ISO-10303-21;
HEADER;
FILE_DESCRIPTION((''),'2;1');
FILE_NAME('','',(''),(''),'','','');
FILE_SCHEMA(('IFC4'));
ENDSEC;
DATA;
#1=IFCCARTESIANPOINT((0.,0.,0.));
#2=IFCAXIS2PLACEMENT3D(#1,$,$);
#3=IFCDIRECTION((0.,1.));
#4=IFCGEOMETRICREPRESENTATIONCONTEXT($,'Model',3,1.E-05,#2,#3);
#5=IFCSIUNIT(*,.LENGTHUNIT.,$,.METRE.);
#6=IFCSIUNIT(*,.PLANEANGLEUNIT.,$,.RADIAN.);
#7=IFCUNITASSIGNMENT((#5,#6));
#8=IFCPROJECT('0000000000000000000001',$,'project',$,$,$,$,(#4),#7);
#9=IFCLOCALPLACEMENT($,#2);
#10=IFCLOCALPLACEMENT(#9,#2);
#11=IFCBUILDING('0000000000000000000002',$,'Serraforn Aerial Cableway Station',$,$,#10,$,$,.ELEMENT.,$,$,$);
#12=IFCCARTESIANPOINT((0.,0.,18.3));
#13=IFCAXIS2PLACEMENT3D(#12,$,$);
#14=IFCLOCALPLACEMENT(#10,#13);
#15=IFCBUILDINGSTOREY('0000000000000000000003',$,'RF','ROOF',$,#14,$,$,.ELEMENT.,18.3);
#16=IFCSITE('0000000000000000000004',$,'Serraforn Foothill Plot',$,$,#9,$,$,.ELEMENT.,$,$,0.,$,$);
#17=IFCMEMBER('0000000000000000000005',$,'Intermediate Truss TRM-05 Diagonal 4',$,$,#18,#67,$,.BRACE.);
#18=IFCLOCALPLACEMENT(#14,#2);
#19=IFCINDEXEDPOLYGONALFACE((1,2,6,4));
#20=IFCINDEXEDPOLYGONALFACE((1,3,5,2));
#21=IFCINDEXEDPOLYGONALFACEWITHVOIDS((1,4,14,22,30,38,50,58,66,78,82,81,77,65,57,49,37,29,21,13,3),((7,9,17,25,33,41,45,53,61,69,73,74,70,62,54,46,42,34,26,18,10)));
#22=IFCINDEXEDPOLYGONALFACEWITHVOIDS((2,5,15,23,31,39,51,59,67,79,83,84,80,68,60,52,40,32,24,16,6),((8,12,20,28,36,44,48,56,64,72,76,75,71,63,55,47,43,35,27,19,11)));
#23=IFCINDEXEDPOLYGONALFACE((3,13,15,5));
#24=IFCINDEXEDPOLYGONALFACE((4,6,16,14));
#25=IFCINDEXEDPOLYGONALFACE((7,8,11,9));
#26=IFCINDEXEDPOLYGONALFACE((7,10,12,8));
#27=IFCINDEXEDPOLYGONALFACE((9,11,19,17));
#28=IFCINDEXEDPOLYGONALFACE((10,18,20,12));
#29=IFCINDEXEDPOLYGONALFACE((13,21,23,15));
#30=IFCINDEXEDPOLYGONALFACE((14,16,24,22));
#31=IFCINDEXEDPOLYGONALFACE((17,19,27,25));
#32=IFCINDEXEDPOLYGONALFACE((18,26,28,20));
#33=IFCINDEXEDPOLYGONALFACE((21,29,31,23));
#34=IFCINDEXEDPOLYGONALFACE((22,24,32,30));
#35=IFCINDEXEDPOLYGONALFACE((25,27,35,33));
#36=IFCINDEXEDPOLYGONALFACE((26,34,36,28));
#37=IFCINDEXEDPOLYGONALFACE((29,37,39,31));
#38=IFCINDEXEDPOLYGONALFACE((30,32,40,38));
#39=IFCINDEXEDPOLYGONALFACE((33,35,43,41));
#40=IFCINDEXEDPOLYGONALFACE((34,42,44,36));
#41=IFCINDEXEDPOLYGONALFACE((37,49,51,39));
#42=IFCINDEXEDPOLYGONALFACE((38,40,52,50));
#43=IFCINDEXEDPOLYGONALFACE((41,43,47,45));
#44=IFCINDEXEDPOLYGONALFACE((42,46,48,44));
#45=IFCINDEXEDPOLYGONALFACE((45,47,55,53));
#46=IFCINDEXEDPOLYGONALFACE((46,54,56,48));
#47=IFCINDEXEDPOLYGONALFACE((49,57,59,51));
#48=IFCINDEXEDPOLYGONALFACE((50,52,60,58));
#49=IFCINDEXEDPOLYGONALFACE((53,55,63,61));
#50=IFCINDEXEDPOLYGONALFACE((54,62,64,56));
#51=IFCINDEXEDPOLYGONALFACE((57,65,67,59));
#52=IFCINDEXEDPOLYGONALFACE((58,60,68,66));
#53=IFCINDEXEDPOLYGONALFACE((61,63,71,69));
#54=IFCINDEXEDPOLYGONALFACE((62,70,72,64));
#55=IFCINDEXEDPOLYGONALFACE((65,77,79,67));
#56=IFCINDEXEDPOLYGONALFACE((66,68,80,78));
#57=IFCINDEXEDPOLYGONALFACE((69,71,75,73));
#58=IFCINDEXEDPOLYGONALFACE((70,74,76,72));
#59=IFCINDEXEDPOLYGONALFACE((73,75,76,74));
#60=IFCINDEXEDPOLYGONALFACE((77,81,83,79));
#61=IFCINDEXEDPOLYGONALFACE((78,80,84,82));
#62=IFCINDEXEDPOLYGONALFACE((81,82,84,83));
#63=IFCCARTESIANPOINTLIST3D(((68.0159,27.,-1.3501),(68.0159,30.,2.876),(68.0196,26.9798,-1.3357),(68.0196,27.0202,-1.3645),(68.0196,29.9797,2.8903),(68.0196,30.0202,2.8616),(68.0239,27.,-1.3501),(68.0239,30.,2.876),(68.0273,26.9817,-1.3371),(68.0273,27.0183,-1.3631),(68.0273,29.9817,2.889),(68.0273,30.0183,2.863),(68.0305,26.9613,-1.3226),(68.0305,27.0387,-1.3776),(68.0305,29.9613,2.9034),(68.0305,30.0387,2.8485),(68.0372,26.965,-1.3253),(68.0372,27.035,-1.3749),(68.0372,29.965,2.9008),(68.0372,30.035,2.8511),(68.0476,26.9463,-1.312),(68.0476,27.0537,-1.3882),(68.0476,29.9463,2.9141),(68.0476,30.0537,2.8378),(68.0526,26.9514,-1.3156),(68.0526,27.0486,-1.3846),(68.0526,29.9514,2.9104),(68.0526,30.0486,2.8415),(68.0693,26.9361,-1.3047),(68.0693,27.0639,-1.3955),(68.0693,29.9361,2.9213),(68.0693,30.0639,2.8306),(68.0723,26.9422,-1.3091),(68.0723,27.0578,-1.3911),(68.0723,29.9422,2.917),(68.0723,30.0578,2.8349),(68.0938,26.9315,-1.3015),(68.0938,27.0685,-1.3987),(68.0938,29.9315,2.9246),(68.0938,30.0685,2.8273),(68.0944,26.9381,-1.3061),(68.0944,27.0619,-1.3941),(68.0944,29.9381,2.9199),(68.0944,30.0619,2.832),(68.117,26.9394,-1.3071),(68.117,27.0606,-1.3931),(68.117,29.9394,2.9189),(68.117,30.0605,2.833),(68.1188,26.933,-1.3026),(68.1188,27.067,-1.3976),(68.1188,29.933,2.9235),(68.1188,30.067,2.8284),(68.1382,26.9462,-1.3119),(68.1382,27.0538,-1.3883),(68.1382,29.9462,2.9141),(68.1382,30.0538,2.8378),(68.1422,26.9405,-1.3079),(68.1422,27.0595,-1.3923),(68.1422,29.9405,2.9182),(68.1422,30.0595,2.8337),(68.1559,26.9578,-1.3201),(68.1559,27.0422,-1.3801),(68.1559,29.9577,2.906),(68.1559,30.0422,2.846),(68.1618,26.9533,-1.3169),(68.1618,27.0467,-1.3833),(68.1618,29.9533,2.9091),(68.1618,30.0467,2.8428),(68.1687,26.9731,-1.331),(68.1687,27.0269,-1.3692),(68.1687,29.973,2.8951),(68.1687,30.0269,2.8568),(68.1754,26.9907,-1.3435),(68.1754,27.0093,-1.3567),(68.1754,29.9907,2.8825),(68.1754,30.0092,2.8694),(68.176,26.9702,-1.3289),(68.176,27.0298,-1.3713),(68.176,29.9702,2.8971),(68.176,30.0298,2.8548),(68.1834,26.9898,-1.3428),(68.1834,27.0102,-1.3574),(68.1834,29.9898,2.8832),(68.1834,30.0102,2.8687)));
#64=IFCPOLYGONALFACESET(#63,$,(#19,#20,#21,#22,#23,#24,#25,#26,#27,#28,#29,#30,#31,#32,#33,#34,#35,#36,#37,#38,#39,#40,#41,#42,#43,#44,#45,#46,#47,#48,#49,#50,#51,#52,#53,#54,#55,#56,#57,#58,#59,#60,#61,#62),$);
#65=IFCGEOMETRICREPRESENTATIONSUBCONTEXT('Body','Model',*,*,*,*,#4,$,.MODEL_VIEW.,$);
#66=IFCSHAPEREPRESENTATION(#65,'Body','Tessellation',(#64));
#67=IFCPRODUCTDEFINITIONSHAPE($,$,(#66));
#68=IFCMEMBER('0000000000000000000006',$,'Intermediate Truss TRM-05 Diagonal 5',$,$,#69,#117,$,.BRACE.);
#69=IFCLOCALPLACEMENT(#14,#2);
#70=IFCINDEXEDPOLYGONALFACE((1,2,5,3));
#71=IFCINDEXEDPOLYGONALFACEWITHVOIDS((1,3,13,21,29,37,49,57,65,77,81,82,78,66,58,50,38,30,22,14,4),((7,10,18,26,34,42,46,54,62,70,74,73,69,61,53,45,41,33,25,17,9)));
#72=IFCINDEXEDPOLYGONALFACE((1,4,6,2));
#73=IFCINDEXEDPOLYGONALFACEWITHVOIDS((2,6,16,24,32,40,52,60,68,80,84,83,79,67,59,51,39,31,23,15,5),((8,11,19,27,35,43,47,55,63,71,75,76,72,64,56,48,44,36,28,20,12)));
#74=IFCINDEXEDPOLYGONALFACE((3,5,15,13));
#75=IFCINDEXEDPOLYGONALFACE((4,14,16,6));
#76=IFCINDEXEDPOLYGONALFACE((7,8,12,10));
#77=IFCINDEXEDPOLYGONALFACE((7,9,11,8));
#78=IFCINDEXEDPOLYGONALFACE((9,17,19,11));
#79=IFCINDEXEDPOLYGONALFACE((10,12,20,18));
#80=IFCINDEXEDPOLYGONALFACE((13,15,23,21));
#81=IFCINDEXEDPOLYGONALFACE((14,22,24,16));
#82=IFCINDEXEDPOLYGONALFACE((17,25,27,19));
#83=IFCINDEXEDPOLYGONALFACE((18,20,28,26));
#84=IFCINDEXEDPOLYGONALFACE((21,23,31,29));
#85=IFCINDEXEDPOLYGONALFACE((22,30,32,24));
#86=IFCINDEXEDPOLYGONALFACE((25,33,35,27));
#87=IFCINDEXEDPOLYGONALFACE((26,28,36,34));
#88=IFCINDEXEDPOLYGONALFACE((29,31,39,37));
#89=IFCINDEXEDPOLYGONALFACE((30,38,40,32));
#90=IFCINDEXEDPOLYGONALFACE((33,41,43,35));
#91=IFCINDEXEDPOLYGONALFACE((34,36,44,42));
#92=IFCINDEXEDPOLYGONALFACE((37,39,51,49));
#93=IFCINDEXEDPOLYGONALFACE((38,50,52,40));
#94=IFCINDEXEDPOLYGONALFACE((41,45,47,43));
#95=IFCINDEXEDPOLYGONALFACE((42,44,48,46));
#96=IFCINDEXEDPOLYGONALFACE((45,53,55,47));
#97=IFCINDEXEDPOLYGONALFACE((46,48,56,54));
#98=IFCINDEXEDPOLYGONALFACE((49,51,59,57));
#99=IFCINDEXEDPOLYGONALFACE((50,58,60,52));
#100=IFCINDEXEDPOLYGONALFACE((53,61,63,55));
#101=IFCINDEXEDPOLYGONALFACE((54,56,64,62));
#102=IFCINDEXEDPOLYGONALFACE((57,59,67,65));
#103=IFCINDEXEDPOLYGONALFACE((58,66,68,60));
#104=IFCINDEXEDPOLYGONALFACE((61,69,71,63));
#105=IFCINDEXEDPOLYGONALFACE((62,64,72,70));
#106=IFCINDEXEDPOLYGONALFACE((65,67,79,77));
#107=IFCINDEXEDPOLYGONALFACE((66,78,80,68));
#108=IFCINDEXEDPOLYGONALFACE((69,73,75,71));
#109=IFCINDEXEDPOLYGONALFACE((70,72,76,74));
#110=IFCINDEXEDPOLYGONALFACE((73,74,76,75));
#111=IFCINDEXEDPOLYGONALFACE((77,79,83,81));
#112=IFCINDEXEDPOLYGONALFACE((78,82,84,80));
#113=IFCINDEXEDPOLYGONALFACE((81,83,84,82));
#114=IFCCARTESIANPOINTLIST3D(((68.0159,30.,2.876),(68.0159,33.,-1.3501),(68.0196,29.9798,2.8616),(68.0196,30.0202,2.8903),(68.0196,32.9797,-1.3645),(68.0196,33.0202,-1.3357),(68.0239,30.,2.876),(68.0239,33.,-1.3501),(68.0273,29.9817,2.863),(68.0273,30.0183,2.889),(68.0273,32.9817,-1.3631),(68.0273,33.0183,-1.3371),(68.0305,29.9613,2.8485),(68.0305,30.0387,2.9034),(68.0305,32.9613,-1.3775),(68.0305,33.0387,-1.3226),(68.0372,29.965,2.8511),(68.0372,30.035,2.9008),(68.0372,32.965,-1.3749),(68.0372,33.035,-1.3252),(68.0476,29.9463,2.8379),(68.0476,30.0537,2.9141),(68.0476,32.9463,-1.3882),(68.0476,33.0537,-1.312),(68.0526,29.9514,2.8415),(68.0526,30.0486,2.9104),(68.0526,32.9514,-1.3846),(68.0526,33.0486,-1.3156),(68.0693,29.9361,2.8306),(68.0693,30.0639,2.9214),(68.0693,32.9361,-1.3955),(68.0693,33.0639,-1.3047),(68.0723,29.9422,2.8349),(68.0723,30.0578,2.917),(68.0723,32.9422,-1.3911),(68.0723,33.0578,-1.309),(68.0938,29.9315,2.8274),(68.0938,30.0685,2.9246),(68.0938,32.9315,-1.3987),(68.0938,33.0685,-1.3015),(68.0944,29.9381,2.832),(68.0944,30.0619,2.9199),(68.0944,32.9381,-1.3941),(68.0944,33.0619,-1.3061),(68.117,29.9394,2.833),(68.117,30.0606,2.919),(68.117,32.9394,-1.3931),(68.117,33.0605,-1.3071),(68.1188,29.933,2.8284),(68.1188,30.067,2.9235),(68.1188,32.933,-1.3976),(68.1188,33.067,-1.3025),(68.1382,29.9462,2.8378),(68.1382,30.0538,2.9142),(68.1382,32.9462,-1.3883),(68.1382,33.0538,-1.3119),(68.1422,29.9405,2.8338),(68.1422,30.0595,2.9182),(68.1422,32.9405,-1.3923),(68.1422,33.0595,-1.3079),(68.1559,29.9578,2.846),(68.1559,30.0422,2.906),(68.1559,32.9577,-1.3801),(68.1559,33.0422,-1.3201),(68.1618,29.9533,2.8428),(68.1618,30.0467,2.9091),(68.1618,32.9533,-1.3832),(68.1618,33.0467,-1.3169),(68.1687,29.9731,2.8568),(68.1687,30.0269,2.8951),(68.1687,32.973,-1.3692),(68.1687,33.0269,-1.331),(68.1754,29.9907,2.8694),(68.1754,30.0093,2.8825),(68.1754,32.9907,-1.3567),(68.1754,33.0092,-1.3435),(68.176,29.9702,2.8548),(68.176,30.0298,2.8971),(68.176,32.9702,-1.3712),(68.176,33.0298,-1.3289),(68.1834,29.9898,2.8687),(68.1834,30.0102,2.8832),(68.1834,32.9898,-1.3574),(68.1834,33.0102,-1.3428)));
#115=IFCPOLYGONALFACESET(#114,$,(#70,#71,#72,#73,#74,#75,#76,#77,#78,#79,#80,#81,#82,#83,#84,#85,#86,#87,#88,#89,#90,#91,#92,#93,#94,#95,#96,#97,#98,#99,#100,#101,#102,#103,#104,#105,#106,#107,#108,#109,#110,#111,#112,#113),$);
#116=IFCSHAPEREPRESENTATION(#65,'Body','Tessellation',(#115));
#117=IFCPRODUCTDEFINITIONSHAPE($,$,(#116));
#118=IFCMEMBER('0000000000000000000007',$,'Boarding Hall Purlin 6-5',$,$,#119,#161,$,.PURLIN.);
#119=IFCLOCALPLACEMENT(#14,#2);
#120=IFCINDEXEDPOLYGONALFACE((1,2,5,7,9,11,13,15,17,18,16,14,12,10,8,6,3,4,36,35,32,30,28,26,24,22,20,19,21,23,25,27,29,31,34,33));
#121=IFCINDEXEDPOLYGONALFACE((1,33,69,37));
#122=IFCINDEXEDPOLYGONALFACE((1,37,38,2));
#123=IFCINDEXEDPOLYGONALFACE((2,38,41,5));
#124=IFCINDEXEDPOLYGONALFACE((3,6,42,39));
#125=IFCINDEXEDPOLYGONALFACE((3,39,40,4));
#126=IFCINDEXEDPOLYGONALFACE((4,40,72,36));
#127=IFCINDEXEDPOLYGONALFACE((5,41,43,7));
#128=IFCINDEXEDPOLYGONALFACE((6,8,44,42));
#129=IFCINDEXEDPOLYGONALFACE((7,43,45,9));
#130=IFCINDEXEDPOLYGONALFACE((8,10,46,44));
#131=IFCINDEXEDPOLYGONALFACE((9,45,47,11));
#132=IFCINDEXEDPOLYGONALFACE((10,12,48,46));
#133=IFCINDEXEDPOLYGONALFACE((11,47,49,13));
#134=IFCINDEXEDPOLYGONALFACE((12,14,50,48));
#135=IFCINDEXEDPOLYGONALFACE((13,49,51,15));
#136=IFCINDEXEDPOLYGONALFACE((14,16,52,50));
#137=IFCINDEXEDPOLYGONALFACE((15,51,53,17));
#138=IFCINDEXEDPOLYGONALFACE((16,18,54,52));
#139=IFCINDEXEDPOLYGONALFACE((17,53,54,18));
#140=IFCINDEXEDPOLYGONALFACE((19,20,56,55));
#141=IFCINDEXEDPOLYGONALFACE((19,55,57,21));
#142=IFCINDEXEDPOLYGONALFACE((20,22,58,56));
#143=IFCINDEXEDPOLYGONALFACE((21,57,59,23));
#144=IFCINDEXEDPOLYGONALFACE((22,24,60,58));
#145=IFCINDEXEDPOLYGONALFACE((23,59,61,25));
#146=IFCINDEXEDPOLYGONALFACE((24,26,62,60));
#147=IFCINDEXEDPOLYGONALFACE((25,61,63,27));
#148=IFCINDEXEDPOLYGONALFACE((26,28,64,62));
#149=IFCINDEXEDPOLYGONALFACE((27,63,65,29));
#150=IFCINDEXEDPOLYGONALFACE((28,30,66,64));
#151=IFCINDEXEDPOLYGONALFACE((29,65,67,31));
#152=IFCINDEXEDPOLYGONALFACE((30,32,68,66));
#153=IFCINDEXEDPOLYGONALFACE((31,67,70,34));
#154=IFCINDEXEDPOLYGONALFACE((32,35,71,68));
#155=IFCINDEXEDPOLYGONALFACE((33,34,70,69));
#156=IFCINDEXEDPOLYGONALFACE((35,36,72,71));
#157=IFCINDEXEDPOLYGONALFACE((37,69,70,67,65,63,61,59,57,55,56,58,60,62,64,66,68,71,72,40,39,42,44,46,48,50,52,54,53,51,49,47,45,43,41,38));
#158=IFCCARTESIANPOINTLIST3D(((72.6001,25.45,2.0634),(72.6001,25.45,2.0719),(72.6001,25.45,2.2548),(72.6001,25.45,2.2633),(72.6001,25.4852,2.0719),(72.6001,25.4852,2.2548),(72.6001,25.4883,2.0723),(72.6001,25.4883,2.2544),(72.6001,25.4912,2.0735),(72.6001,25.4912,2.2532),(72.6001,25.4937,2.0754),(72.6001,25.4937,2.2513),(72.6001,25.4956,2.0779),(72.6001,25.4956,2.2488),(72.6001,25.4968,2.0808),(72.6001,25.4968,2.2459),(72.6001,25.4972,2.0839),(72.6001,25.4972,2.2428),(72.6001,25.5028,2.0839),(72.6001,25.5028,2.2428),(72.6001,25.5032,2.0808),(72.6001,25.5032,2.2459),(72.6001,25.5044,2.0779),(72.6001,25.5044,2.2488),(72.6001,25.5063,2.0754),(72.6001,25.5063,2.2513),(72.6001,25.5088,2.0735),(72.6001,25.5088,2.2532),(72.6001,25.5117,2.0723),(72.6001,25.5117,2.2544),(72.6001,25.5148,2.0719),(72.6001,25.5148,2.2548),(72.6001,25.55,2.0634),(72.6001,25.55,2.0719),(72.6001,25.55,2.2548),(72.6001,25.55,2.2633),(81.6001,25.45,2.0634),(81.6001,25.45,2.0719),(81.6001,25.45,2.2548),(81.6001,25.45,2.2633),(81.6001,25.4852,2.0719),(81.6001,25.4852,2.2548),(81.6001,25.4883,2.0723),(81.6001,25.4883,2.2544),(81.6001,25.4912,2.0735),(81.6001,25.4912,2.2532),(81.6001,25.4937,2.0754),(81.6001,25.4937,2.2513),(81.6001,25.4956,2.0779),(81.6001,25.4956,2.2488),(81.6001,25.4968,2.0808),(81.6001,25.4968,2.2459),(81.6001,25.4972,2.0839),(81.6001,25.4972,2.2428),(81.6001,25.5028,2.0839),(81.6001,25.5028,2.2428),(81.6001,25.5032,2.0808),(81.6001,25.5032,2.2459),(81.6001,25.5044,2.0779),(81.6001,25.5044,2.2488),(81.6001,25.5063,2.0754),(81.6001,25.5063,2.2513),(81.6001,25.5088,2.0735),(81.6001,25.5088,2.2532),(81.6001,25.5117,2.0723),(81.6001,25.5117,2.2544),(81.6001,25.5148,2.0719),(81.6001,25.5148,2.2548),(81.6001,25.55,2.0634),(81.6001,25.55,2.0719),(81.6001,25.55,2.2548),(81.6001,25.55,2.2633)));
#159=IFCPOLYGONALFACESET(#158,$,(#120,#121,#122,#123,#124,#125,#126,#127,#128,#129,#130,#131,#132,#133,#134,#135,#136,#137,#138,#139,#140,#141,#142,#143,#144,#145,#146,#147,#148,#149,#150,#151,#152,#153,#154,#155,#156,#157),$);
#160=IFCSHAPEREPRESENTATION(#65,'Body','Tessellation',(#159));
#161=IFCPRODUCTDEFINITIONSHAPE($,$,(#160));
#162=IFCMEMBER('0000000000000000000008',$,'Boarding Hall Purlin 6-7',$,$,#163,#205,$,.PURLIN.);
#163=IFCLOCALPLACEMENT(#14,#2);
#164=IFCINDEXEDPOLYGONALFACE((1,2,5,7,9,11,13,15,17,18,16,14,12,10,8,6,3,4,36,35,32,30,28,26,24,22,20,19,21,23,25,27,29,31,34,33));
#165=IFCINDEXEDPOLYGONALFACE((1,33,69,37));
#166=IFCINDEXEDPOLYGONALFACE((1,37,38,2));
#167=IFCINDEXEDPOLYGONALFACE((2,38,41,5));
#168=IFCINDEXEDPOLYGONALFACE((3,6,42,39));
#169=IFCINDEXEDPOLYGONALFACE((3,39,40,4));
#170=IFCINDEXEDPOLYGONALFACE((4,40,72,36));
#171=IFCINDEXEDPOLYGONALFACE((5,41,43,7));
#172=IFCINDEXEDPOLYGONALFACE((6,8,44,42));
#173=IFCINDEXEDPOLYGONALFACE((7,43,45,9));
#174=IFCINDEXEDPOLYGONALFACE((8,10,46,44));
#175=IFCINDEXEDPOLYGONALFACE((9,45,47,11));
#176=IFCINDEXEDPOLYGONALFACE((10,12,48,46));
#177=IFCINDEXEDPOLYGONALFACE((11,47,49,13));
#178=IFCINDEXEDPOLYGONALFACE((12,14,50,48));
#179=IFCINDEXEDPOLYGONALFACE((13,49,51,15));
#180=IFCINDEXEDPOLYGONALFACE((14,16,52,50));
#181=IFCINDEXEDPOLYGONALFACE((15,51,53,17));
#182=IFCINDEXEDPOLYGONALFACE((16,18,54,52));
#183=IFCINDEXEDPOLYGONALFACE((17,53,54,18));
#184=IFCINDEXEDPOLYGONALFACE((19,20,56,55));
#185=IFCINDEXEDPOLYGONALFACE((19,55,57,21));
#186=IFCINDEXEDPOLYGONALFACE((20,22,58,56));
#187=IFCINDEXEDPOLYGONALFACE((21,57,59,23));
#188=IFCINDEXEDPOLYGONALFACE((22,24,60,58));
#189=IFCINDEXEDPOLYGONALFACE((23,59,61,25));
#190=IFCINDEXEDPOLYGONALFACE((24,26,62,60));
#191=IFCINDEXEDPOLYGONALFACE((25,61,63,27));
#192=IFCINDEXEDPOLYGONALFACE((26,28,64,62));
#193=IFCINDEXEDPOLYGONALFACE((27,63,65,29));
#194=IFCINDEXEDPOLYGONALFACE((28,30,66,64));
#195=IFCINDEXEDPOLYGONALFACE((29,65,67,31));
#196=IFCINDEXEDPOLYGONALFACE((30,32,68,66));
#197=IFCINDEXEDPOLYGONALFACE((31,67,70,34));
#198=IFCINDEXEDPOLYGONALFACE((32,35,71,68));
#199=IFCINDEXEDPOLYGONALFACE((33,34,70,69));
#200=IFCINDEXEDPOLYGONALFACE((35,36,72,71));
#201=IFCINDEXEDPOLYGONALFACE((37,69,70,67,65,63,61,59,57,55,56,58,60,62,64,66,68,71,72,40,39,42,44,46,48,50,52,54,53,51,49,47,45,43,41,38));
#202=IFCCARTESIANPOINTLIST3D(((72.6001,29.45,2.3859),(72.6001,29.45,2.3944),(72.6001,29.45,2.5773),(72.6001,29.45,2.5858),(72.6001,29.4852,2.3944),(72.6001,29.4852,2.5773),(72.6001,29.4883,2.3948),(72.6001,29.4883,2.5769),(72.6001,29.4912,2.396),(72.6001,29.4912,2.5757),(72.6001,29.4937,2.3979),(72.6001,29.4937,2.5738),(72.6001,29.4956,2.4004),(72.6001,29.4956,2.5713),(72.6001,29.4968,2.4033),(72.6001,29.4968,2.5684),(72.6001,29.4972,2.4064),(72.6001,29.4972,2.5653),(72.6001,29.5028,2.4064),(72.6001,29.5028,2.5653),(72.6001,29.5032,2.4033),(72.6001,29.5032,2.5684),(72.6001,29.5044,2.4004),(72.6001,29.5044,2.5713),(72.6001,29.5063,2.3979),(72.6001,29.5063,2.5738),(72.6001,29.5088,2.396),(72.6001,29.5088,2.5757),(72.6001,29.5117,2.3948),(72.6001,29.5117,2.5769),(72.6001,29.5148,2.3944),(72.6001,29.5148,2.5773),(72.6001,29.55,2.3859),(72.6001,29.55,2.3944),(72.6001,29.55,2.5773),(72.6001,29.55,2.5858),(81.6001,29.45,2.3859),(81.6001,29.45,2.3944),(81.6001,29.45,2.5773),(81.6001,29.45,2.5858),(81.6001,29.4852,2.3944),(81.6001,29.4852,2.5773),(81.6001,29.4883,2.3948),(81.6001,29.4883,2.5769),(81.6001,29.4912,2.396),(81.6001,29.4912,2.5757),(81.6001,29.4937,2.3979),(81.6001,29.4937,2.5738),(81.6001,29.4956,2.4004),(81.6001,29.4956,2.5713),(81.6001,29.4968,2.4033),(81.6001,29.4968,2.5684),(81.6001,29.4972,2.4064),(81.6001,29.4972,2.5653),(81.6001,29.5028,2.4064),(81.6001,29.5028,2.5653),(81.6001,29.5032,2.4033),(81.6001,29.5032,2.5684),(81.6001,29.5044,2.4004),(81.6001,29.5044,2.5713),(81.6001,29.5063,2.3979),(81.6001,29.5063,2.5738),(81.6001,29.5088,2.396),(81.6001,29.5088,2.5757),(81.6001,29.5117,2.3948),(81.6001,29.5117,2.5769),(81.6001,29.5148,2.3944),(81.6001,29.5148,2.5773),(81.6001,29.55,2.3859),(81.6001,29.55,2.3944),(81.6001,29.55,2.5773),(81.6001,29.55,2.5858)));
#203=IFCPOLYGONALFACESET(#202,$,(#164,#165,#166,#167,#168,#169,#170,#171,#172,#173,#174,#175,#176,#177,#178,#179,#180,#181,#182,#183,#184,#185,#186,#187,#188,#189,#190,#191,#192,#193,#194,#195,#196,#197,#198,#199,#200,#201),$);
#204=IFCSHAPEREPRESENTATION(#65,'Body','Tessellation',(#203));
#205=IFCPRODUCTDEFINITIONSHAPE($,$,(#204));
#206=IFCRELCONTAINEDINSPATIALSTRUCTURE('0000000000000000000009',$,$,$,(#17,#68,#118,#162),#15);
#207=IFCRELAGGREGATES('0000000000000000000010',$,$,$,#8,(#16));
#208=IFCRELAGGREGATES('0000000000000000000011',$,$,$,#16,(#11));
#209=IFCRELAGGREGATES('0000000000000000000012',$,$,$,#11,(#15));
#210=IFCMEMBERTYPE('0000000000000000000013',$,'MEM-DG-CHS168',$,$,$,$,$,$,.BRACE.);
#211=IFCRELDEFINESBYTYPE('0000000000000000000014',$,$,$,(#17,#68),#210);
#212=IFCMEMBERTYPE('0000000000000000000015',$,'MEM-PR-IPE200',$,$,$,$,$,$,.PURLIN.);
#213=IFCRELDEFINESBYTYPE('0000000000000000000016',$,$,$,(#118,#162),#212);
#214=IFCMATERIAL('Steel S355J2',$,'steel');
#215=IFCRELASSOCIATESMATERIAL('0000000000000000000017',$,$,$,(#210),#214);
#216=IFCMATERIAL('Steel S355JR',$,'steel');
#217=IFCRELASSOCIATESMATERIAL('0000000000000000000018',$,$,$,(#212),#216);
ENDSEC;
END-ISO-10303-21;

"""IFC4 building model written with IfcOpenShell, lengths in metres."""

from ifc_helpers import new_model, si_unit, direction, frame, origin, origin_2d, place, context, subcontext, project, spatial, hollow_circle, i_section, extrude, material, material_profile, profile_set, type_object, element, save


model = new_model("IFC4")

# Units and contexts
model_context = context("Model", 3, precision=1e-05, world=origin(), true_north=direction((0.0, 1.0)))
body_context = subcontext(model_context, "Body", "Model", "MODEL_VIEW")
ifc_project = project(units=[si_unit("LENGTHUNIT", "METRE"), si_unit("PLANEANGLEUNIT", "RADIAN")], contexts=[model_context])

# Site, building, storey
site_placement = place(None, origin())
site = spatial("IfcSite", under=ifc_project, at=site_placement, Name="Serraforn Foothill Plot", CompositionType="ELEMENT", RefElevation=0.0)
building_placement = place(site_placement, origin())
building = spatial("IfcBuilding", under=site, at=building_placement, Name="Serraforn Aerial Cableway Station", CompositionType="ELEMENT")
storey_placement = place(building_placement, frame((0.0, 0.0, 18.3)))
storey = spatial("IfcBuildingStorey", under=building, at=storey_placement, Name="RF", Description="ROOF", CompositionType="ELEMENT", Elevation=18.3)

# Members
ifc_material_1 = material(Name="Steel S355J2", Category="steel")
ifc_material_profile_1 = material_profile(ifc_material_1, hollow_circle(Radius=0.0842, WallThickness=0.0081, at=origin_2d()), Name="CHS 168.3x8.0")
ifc_profile_set_1 = profile_set([ifc_material_profile_1], Name="Steel S355J2")
member_type_1 = type_object("IfcMemberType", Name="MEM-DG-CHS168", PredefinedType="BRACE", material=ifc_profile_set_1)
for number, where, z_axis, x_axis, name in (
    (1, (68.1001, 27.0, -1.3501), (0.0, 0.578856, 0.81543), (-1.0, 0.0, 0.0), "Intermediate Truss TRM-05 Diagonal 4"),
    (2, (68.1001, 30.0, 2.876), (0.0, 0.578856, -0.81543), (-1.0, 0.0, 0.0), "Intermediate Truss TRM-05 Diagonal 5"),
):
    element("IfcMember", number, at=place(storey_placement, frame(where, z_axis=z_axis, x_axis=x_axis)), inside=storey, type_object=member_type_1, Name=name, PredefinedType="BRACE", context=body_context, shape_type="SweptSolid", body=[
        extrude(hollow_circle(Radius=0.0842, WallThickness=0.0081, at=origin_2d()), origin(), (0.0, 0.0, 1.0), 5.1826),
    ])
ifc_material_2 = material(Name="Steel S355JR", Category="steel")
ifc_material_profile_2 = material_profile(ifc_material_2, i_section(OverallWidth=0.1001, OverallDepth=0.2, WebThickness=0.0056, FlangeThickness=0.0085, FilletRadius=0.012, at=origin_2d()), Name="IPE 200")
ifc_profile_set_2 = profile_set([ifc_material_profile_2], Name="Steel S355JR")
member_type_2 = type_object("IfcMemberType", Name="MEM-PR-IPE200", PredefinedType="PURLIN", material=ifc_profile_set_2)
for number, where, z_axis, x_axis, name in (
    (3, (72.6001, 25.5, 2.1633), (1.0, 0.0, 0.0), (0.0, 1.0, 0.0), "Boarding Hall Purlin 6-5"),
    (4, (72.6001, 29.5, 2.4858), (1.0, 0.0, 0.0), (0.0, 1.0, 0.0), "Boarding Hall Purlin 6-7"),
):
    element("IfcMember", number, at=place(storey_placement, frame(where, z_axis=z_axis, x_axis=x_axis)), inside=storey, type_object=member_type_2, Name=name, PredefinedType="PURLIN", context=body_context, shape_type="SweptSolid", body=[
        extrude(i_section(OverallWidth=0.1001, OverallDepth=0.2, WebThickness=0.0056, FlangeThickness=0.0085, FilletRadius=0.012, at=origin_2d()), origin(), (0.0, 0.0, 1.0), 9.0),
    ])

save(model, "model.ifc")
